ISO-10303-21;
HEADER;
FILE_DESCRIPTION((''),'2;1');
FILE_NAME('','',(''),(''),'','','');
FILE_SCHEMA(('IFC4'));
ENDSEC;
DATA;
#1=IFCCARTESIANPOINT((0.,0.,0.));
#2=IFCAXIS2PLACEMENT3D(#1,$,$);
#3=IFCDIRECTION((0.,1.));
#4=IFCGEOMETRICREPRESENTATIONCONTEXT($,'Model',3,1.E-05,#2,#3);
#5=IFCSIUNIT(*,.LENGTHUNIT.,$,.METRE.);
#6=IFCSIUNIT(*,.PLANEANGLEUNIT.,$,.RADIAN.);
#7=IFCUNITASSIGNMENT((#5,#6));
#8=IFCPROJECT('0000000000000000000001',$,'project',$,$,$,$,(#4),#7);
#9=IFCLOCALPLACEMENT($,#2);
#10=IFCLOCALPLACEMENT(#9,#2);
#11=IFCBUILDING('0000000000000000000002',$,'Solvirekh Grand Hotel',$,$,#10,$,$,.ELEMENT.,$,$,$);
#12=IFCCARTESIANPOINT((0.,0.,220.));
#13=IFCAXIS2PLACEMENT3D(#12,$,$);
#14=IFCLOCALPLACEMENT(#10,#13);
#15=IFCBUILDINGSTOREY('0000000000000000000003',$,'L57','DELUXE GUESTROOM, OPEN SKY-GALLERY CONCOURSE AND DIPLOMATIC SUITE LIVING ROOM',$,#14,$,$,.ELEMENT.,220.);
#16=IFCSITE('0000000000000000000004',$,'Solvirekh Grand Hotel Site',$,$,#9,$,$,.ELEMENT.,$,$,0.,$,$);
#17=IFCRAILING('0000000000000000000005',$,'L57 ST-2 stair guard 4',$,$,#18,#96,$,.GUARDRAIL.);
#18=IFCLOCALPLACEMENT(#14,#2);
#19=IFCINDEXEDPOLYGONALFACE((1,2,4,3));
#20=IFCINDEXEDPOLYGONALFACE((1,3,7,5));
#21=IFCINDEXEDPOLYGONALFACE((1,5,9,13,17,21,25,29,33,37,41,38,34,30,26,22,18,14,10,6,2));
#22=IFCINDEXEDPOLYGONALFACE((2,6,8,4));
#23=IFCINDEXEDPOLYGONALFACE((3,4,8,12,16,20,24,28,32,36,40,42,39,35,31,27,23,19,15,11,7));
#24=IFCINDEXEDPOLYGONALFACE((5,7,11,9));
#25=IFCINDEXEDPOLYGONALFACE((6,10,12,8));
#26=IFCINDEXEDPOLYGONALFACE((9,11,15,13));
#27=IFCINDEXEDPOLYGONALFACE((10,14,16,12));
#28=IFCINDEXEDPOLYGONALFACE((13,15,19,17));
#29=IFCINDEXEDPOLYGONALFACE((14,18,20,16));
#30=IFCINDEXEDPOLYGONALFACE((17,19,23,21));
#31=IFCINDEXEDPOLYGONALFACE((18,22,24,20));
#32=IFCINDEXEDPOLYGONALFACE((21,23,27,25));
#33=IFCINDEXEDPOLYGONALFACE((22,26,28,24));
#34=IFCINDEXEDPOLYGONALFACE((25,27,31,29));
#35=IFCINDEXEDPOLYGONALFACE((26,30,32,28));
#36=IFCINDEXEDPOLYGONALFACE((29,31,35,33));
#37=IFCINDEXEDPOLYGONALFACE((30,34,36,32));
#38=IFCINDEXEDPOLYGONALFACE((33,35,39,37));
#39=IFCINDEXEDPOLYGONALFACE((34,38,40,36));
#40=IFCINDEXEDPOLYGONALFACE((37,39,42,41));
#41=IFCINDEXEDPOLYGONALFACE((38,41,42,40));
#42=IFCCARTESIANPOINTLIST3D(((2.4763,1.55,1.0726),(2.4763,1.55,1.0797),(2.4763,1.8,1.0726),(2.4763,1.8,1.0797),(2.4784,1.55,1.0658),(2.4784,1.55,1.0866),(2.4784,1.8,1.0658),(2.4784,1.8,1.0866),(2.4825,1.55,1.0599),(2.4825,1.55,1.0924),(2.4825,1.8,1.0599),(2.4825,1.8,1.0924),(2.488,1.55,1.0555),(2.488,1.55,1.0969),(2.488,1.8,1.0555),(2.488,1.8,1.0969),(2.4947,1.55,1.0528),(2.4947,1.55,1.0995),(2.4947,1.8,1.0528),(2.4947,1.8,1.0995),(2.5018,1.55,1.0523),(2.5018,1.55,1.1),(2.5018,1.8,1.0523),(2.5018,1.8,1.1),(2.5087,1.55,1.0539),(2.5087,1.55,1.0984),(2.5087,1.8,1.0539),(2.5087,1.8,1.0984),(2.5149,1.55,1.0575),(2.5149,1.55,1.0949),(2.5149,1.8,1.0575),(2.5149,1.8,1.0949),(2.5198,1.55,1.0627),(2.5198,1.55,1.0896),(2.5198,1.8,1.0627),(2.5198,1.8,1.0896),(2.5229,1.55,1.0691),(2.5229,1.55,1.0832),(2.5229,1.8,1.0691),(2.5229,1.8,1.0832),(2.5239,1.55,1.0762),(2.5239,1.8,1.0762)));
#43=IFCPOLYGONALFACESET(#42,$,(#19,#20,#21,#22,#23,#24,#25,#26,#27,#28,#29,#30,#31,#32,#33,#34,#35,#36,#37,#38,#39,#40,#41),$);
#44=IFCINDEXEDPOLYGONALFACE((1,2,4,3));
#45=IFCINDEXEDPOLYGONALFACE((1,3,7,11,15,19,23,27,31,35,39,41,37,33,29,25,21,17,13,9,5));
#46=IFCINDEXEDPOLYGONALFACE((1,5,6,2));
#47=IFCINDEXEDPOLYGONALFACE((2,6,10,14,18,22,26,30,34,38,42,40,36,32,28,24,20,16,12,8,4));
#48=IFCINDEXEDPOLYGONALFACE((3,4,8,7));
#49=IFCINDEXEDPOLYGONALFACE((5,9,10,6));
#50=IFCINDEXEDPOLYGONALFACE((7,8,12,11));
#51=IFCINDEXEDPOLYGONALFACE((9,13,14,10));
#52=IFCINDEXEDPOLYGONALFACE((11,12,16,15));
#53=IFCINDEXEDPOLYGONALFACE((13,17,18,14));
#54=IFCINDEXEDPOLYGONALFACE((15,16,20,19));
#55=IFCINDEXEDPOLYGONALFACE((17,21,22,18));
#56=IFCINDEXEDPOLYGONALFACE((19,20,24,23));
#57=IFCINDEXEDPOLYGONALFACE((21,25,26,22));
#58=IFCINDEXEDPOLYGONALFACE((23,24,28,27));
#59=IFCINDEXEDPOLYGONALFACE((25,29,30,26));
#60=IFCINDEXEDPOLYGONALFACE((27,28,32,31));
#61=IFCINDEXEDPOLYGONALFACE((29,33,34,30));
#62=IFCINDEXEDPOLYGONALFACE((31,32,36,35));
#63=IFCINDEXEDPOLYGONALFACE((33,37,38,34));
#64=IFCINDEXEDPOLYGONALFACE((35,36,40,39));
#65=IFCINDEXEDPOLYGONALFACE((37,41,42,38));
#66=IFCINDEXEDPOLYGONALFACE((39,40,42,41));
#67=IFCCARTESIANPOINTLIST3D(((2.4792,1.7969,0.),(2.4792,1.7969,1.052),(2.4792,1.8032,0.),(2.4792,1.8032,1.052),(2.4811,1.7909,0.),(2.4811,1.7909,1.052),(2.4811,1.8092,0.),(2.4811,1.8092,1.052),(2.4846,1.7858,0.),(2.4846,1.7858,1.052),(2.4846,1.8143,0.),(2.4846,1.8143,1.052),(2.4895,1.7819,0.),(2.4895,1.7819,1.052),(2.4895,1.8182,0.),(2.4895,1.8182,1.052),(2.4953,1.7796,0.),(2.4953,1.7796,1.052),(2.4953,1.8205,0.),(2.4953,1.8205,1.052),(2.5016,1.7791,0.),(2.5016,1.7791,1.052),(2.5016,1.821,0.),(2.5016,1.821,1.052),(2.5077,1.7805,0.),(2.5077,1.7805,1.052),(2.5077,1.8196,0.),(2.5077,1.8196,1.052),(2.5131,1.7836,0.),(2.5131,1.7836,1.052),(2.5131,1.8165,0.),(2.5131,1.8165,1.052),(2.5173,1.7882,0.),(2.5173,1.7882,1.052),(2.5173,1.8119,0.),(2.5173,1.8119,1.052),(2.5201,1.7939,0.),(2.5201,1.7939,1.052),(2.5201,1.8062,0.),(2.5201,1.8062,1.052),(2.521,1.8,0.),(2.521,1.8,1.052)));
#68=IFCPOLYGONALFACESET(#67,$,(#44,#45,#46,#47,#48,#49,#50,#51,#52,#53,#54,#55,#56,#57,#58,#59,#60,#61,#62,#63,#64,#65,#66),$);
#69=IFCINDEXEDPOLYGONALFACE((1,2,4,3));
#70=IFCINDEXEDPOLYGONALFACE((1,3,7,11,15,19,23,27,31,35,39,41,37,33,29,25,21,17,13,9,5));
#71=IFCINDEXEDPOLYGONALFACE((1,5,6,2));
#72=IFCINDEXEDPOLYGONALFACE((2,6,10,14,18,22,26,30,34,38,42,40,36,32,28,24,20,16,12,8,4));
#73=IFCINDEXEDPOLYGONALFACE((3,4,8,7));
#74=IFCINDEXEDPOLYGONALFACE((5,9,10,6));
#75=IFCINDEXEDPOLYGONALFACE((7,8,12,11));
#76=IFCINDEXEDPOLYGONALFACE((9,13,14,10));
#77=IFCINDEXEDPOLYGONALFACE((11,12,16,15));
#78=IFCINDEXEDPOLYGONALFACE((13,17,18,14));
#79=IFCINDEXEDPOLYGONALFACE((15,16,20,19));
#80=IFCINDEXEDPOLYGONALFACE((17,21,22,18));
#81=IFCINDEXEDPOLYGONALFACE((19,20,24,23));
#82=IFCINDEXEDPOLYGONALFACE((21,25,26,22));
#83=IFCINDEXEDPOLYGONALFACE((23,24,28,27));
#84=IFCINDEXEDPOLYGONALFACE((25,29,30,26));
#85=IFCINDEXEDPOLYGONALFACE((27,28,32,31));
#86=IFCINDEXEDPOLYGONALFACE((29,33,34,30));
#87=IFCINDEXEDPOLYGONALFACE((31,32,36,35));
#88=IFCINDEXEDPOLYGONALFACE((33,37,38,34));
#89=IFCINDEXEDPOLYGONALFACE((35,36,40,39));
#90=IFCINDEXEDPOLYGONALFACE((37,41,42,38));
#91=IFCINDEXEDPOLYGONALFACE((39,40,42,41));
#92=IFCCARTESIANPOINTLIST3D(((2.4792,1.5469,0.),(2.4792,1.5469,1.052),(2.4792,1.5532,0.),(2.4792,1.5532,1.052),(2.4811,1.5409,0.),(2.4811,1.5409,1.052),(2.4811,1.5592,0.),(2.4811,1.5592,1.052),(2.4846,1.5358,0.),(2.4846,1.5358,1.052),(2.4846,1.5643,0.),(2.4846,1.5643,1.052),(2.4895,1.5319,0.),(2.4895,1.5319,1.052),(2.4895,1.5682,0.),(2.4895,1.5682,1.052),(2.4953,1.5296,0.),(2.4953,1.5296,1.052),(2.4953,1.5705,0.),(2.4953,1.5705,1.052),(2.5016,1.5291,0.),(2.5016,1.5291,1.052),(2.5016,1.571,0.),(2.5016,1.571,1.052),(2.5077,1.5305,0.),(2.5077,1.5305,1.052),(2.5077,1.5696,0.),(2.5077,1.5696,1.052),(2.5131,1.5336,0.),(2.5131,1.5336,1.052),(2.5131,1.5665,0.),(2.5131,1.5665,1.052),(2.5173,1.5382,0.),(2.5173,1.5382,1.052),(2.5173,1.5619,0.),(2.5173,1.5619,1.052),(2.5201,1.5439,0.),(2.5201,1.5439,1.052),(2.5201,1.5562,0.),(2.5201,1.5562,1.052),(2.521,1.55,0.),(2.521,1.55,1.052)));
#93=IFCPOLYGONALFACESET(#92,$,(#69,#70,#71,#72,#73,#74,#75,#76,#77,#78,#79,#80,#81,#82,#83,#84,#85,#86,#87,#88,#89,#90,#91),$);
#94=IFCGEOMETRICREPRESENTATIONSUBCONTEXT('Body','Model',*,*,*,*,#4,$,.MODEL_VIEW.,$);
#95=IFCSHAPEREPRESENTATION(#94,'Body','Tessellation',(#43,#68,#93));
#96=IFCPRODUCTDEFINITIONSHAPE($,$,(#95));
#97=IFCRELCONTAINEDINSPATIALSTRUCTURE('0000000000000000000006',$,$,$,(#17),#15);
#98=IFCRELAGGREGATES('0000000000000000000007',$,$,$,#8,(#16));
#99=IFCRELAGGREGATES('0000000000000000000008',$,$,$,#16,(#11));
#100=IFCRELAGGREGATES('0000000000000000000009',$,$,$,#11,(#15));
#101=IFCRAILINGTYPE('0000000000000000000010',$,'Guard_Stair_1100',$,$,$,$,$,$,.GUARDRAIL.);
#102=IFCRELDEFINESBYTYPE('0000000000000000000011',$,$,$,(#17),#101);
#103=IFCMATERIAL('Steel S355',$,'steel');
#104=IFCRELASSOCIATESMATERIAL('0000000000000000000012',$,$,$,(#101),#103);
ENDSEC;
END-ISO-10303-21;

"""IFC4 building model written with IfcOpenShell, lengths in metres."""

from ifc_helpers import new_model, si_unit, direction, frame, origin, origin_2d, place, context, subcontext, project, spatial, circle, extrude, material, type_object, element, save


model = new_model("IFC4")

# Units and contexts
model_context = context("Model", 3, precision=1e-05, world=origin(), true_north=direction((0.0, 1.0)))
body_context = subcontext(model_context, "Body", "Model", "MODEL_VIEW")
ifc_project = project(units=[si_unit("LENGTHUNIT", "METRE"), si_unit("PLANEANGLEUNIT", "RADIAN")], contexts=[model_context])

# Site, building, storey
site_placement = place(None, origin())
site = spatial("IfcSite", under=ifc_project, at=site_placement, Name="Solvirekh Grand Hotel Site", CompositionType="ELEMENT", RefElevation=0.0)
building_placement = place(site_placement, origin())
building = spatial("IfcBuilding", under=site, at=building_placement, Name="Solvirekh Grand Hotel", CompositionType="ELEMENT")
storey_placement = place(building_placement, frame((0.0, 0.0, 220.0)))
storey = spatial("IfcBuildingStorey", under=building, at=storey_placement, Name="L57", Description="DELUXE GUESTROOM, OPEN SKY-GALLERY CONCOURSE AND DIPLOMATIC SUITE LIVING ROOM", CompositionType="ELEMENT", Elevation=220.0)

# Railing
ifc_material_1 = material(Name="Steel S355", Category="steel")
railing_type_1 = type_object("IfcRailingType", Name="Guard_Stair_1100", PredefinedType="GUARDRAIL", material=ifc_material_1)
railing_1_placement = place(storey_placement, frame((2.5, 1.8, 0.0)))
element("IfcRailing", 1, at=railing_1_placement, inside=storey, type_object=railing_type_1, Name="L57 ST-2 stair guard 4", PredefinedType="GUARDRAIL", context=body_context, shape_type="SweptSolid", body=[
    extrude(circle(Radius=0.0239, at=origin_2d()), frame((0.0, 0.0, 1.0762), z_axis=(0.0, -1.0, 0.0), x_axis=(1.0, 0.0, 0.0)), (0.0, 0.0, 1.0), 0.25),
    extrude(circle(Radius=0.021, at=origin_2d()), origin(), (0.0, 0.0, 1.0), 1.052),
    extrude(circle(Radius=0.021, at=origin_2d()), frame((0.0, -0.25, 0.0)), (0.0, 0.0, 1.0), 1.052),
])

save(model, "model.ifc")
